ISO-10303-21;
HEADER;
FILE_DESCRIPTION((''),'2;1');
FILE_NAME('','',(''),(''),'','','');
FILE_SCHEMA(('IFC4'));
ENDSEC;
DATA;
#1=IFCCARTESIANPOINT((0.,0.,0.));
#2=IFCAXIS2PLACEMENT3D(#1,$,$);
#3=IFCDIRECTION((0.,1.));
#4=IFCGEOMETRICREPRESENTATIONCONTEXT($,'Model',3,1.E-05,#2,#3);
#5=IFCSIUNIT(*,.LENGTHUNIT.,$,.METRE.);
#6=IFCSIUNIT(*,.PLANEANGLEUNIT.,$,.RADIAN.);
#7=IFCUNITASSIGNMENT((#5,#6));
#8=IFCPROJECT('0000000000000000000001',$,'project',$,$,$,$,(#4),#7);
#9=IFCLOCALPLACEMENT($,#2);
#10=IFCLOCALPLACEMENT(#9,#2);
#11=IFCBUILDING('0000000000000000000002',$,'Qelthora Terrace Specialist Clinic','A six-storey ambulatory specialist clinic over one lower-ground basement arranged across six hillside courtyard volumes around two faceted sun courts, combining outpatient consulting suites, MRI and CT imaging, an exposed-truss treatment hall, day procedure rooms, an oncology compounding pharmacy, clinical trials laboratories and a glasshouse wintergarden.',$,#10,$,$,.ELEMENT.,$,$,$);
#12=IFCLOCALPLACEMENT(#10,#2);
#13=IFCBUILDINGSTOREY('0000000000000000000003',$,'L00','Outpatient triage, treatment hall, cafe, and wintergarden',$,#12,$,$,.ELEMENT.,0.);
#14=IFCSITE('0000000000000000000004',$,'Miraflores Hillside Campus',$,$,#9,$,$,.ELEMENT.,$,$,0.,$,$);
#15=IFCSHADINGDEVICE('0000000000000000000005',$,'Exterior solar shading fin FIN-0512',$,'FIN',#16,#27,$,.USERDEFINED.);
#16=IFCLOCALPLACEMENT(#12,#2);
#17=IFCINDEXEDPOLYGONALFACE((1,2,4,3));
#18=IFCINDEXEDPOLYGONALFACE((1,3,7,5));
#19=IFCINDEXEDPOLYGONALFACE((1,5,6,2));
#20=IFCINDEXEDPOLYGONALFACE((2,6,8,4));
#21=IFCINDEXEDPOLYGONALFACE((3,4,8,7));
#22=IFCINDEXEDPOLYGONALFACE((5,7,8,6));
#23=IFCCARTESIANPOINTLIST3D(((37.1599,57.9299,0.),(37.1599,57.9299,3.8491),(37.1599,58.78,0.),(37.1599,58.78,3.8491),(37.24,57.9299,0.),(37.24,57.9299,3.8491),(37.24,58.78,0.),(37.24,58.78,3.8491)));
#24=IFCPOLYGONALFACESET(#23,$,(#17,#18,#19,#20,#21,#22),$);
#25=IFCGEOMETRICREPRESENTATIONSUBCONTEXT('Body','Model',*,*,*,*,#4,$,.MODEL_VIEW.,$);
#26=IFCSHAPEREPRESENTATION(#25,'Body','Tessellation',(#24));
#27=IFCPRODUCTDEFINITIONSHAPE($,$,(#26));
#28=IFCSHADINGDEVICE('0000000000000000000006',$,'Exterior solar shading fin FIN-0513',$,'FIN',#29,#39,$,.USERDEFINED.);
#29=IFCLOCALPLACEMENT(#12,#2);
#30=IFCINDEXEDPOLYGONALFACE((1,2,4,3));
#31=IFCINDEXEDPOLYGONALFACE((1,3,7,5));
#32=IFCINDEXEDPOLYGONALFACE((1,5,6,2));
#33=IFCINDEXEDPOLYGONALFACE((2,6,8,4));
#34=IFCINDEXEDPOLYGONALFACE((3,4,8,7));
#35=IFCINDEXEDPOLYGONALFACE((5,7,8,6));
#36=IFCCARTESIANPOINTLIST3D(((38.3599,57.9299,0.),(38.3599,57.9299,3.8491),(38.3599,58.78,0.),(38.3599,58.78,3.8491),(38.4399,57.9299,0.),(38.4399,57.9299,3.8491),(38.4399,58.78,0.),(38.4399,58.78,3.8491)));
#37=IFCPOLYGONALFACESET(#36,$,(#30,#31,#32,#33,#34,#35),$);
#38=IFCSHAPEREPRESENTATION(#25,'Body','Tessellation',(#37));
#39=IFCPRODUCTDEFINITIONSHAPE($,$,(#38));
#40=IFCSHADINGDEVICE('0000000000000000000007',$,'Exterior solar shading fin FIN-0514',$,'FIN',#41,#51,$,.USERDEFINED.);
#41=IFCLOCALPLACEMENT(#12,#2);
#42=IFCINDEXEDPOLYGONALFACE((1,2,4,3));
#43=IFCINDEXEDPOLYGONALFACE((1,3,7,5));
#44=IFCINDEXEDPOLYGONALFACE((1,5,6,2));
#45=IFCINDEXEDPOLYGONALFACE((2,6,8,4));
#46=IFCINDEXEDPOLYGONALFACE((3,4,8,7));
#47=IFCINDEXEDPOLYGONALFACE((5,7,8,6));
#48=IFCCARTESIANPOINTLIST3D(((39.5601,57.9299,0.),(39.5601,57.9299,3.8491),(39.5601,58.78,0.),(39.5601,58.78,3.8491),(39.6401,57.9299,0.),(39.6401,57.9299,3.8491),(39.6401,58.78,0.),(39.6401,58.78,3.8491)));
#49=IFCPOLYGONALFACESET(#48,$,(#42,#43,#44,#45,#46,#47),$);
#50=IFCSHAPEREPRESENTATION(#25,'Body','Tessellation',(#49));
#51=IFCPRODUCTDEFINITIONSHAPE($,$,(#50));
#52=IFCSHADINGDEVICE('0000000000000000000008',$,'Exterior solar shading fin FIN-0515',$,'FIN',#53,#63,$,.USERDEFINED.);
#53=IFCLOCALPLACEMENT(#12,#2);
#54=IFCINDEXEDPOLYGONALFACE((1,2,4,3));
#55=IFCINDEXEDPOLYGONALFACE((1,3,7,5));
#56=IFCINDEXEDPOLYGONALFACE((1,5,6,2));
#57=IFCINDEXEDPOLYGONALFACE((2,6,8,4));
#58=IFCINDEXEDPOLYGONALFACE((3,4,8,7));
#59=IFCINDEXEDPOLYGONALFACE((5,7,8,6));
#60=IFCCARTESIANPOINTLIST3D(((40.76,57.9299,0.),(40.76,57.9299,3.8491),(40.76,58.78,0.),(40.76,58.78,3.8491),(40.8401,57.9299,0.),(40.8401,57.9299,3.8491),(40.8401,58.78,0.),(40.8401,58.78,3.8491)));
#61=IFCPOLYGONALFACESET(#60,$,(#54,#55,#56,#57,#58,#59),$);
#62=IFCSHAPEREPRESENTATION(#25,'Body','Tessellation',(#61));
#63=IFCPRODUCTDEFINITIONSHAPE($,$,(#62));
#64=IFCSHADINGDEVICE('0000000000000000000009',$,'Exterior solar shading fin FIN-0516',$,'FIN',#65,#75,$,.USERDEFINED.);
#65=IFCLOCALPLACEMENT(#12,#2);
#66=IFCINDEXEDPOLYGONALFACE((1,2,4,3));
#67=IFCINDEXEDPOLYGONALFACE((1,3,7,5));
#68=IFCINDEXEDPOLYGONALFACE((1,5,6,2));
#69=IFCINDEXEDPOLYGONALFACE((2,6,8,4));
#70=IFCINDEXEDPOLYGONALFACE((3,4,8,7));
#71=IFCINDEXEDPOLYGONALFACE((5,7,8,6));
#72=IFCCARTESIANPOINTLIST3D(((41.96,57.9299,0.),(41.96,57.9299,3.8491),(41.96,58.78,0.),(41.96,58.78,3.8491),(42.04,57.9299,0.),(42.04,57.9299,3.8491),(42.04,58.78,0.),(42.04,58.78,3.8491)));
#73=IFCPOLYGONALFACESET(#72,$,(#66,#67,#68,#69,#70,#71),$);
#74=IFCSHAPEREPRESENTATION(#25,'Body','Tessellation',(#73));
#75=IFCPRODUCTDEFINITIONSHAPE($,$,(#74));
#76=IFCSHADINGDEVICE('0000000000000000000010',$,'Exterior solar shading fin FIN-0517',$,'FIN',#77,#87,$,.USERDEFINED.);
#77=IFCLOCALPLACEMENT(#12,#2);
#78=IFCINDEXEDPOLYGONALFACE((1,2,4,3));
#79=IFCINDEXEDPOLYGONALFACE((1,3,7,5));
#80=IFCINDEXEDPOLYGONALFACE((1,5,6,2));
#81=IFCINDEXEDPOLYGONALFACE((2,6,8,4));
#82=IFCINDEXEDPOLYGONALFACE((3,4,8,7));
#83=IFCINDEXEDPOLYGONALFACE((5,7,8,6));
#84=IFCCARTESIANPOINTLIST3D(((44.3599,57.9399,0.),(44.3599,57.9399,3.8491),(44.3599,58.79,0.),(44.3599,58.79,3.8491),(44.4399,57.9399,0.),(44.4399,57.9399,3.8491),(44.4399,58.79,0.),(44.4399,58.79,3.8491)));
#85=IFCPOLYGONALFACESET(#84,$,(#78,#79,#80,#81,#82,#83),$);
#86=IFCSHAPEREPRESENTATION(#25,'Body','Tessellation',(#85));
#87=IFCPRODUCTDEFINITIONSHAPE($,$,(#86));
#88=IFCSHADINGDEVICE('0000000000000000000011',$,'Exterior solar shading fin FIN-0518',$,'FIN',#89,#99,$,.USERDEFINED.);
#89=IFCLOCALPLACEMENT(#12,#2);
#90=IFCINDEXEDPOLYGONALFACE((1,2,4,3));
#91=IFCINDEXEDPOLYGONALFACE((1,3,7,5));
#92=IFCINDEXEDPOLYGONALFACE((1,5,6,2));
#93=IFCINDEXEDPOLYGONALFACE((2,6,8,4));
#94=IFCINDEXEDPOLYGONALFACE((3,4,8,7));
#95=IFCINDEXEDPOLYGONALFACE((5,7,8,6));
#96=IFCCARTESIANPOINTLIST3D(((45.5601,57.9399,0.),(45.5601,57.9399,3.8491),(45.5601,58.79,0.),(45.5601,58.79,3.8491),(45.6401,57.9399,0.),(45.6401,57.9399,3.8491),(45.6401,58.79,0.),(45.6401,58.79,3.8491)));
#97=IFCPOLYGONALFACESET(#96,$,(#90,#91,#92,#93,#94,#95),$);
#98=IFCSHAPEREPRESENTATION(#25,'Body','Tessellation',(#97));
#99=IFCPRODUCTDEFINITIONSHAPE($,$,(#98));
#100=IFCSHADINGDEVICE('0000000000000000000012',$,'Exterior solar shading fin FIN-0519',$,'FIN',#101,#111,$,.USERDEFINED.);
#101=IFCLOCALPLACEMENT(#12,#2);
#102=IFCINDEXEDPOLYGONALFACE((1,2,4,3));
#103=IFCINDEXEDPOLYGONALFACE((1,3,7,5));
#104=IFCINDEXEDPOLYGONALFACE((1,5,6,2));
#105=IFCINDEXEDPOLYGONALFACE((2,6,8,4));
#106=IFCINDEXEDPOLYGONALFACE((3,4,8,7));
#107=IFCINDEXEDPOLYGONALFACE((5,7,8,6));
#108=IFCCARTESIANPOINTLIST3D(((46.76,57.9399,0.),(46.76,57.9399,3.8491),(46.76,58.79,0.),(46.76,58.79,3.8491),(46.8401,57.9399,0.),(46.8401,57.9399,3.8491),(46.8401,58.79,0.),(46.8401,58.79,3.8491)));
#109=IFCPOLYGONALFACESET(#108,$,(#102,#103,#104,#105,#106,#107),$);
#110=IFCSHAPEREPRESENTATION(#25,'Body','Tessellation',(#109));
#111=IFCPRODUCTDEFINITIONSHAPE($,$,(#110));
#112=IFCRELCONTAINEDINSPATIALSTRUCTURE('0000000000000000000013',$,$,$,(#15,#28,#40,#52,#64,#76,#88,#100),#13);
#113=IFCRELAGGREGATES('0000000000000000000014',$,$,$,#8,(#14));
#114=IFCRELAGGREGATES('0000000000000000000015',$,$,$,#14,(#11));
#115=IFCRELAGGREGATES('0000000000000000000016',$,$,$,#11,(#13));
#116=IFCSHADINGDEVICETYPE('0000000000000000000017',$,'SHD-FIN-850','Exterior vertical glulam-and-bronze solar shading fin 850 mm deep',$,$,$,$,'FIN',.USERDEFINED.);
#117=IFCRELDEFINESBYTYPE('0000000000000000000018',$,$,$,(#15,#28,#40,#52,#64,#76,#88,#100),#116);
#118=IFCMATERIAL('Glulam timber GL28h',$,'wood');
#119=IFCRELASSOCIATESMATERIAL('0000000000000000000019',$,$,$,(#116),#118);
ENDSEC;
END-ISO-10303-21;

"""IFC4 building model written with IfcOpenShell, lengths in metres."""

from ifc_helpers import new_model, si_unit, direction, frame, origin, origin_2d, place, context, subcontext, project, spatial, rectangle, extrude, material, type_object, element, save


model = new_model("IFC4")

# Units and contexts
model_context = context("Model", 3, precision=1e-05, world=origin(), true_north=direction((0.0, 1.0)))
body_context = subcontext(model_context, "Body", "Model", "MODEL_VIEW")
ifc_project = project(units=[si_unit("LENGTHUNIT", "METRE"), si_unit("PLANEANGLEUNIT", "RADIAN")], contexts=[model_context])

# Site, building, storey
site_placement = place(None, origin())
site = spatial("IfcSite", under=ifc_project, at=site_placement, Name="Miraflores Hillside Campus", CompositionType="ELEMENT", RefElevation=0.0)
building_placement = place(site_placement, origin())
building = spatial("IfcBuilding", under=site, at=building_placement, Name="Qelthora Terrace Specialist Clinic", Description="A six-storey ambulatory specialist clinic over one lower-ground basement arranged across six hillside courtyard volumes around two faceted sun courts, combining outpatient consulting suites, MRI and CT imaging, an exposed-truss treatment hall, day procedure rooms, an oncology compounding pharmacy, clinical trials laboratories and a glasshouse wintergarden.", CompositionType="ELEMENT")
storey_placement = place(building_placement, origin())
storey = spatial("IfcBuildingStorey", under=building, at=storey_placement, Name="L00", Description="Outpatient triage, treatment hall, cafe, and wintergarden", CompositionType="ELEMENT", Elevation=0.0)

# Shading devices
ifc_material_1 = material(Name="Glulam timber GL28h", Category="wood")
shading_device_type = type_object("IfcShadingDeviceType", Name="SHD-FIN-850", Description="Exterior vertical glulam-and-bronze solar shading fin 850 mm deep", ElementType="FIN", PredefinedType="USERDEFINED", material=ifc_material_1)
for number, where, z_axis, x_axis, name in (
    (1, (37.2, 58.355, 0.0), (0.0, 0.0, 1.0), (0.0, -1.0, 0.0), "Exterior solar shading fin FIN-0512"),
    (2, (38.3999, 58.355, 0.0), (0.0, 0.0, 1.0), (0.0, -1.0, 0.0), "Exterior solar shading fin FIN-0513"),
    (3, (39.6001, 58.355, 0.0), (0.0, 0.0, 1.0), (0.0, -1.0, 0.0), "Exterior solar shading fin FIN-0514"),
    (4, (40.8, 58.355, 0.0), (0.0, 0.0, 1.0), (0.0, -1.0, 0.0), "Exterior solar shading fin FIN-0515"),
    (5, (42.0, 58.355, 0.0), (0.0, 0.0, 1.0), (0.0, -1.0, 0.0), "Exterior solar shading fin FIN-0516"),
    (6, (44.3999, 58.365, 0.0), (0.0, 0.0, 1.0), (0.0, -1.0, 0.0), "Exterior solar shading fin FIN-0517"),
    (7, (45.6001, 58.365, 0.0), (0.0, 0.0, 1.0), (0.0, -1.0, 0.0), "Exterior solar shading fin FIN-0518"),
    (8, (46.8, 58.365, 0.0), (0.0, 0.0, 1.0), (0.0, -1.0, 0.0), "Exterior solar shading fin FIN-0519"),
):
    element("IfcShadingDevice", number, at=place(storey_placement, frame(where, z_axis=z_axis, x_axis=x_axis)), inside=storey, type_object=shading_device_type, Name=name, ObjectType="FIN", PredefinedType="USERDEFINED", context=body_context, shape_type="SweptSolid", body=[
        extrude(rectangle(XDim=0.8501, YDim=0.0801, at=origin_2d()), origin(), (0.0, 0.0, 1.0), 3.8491),
    ])

save(model, "model.ifc")
